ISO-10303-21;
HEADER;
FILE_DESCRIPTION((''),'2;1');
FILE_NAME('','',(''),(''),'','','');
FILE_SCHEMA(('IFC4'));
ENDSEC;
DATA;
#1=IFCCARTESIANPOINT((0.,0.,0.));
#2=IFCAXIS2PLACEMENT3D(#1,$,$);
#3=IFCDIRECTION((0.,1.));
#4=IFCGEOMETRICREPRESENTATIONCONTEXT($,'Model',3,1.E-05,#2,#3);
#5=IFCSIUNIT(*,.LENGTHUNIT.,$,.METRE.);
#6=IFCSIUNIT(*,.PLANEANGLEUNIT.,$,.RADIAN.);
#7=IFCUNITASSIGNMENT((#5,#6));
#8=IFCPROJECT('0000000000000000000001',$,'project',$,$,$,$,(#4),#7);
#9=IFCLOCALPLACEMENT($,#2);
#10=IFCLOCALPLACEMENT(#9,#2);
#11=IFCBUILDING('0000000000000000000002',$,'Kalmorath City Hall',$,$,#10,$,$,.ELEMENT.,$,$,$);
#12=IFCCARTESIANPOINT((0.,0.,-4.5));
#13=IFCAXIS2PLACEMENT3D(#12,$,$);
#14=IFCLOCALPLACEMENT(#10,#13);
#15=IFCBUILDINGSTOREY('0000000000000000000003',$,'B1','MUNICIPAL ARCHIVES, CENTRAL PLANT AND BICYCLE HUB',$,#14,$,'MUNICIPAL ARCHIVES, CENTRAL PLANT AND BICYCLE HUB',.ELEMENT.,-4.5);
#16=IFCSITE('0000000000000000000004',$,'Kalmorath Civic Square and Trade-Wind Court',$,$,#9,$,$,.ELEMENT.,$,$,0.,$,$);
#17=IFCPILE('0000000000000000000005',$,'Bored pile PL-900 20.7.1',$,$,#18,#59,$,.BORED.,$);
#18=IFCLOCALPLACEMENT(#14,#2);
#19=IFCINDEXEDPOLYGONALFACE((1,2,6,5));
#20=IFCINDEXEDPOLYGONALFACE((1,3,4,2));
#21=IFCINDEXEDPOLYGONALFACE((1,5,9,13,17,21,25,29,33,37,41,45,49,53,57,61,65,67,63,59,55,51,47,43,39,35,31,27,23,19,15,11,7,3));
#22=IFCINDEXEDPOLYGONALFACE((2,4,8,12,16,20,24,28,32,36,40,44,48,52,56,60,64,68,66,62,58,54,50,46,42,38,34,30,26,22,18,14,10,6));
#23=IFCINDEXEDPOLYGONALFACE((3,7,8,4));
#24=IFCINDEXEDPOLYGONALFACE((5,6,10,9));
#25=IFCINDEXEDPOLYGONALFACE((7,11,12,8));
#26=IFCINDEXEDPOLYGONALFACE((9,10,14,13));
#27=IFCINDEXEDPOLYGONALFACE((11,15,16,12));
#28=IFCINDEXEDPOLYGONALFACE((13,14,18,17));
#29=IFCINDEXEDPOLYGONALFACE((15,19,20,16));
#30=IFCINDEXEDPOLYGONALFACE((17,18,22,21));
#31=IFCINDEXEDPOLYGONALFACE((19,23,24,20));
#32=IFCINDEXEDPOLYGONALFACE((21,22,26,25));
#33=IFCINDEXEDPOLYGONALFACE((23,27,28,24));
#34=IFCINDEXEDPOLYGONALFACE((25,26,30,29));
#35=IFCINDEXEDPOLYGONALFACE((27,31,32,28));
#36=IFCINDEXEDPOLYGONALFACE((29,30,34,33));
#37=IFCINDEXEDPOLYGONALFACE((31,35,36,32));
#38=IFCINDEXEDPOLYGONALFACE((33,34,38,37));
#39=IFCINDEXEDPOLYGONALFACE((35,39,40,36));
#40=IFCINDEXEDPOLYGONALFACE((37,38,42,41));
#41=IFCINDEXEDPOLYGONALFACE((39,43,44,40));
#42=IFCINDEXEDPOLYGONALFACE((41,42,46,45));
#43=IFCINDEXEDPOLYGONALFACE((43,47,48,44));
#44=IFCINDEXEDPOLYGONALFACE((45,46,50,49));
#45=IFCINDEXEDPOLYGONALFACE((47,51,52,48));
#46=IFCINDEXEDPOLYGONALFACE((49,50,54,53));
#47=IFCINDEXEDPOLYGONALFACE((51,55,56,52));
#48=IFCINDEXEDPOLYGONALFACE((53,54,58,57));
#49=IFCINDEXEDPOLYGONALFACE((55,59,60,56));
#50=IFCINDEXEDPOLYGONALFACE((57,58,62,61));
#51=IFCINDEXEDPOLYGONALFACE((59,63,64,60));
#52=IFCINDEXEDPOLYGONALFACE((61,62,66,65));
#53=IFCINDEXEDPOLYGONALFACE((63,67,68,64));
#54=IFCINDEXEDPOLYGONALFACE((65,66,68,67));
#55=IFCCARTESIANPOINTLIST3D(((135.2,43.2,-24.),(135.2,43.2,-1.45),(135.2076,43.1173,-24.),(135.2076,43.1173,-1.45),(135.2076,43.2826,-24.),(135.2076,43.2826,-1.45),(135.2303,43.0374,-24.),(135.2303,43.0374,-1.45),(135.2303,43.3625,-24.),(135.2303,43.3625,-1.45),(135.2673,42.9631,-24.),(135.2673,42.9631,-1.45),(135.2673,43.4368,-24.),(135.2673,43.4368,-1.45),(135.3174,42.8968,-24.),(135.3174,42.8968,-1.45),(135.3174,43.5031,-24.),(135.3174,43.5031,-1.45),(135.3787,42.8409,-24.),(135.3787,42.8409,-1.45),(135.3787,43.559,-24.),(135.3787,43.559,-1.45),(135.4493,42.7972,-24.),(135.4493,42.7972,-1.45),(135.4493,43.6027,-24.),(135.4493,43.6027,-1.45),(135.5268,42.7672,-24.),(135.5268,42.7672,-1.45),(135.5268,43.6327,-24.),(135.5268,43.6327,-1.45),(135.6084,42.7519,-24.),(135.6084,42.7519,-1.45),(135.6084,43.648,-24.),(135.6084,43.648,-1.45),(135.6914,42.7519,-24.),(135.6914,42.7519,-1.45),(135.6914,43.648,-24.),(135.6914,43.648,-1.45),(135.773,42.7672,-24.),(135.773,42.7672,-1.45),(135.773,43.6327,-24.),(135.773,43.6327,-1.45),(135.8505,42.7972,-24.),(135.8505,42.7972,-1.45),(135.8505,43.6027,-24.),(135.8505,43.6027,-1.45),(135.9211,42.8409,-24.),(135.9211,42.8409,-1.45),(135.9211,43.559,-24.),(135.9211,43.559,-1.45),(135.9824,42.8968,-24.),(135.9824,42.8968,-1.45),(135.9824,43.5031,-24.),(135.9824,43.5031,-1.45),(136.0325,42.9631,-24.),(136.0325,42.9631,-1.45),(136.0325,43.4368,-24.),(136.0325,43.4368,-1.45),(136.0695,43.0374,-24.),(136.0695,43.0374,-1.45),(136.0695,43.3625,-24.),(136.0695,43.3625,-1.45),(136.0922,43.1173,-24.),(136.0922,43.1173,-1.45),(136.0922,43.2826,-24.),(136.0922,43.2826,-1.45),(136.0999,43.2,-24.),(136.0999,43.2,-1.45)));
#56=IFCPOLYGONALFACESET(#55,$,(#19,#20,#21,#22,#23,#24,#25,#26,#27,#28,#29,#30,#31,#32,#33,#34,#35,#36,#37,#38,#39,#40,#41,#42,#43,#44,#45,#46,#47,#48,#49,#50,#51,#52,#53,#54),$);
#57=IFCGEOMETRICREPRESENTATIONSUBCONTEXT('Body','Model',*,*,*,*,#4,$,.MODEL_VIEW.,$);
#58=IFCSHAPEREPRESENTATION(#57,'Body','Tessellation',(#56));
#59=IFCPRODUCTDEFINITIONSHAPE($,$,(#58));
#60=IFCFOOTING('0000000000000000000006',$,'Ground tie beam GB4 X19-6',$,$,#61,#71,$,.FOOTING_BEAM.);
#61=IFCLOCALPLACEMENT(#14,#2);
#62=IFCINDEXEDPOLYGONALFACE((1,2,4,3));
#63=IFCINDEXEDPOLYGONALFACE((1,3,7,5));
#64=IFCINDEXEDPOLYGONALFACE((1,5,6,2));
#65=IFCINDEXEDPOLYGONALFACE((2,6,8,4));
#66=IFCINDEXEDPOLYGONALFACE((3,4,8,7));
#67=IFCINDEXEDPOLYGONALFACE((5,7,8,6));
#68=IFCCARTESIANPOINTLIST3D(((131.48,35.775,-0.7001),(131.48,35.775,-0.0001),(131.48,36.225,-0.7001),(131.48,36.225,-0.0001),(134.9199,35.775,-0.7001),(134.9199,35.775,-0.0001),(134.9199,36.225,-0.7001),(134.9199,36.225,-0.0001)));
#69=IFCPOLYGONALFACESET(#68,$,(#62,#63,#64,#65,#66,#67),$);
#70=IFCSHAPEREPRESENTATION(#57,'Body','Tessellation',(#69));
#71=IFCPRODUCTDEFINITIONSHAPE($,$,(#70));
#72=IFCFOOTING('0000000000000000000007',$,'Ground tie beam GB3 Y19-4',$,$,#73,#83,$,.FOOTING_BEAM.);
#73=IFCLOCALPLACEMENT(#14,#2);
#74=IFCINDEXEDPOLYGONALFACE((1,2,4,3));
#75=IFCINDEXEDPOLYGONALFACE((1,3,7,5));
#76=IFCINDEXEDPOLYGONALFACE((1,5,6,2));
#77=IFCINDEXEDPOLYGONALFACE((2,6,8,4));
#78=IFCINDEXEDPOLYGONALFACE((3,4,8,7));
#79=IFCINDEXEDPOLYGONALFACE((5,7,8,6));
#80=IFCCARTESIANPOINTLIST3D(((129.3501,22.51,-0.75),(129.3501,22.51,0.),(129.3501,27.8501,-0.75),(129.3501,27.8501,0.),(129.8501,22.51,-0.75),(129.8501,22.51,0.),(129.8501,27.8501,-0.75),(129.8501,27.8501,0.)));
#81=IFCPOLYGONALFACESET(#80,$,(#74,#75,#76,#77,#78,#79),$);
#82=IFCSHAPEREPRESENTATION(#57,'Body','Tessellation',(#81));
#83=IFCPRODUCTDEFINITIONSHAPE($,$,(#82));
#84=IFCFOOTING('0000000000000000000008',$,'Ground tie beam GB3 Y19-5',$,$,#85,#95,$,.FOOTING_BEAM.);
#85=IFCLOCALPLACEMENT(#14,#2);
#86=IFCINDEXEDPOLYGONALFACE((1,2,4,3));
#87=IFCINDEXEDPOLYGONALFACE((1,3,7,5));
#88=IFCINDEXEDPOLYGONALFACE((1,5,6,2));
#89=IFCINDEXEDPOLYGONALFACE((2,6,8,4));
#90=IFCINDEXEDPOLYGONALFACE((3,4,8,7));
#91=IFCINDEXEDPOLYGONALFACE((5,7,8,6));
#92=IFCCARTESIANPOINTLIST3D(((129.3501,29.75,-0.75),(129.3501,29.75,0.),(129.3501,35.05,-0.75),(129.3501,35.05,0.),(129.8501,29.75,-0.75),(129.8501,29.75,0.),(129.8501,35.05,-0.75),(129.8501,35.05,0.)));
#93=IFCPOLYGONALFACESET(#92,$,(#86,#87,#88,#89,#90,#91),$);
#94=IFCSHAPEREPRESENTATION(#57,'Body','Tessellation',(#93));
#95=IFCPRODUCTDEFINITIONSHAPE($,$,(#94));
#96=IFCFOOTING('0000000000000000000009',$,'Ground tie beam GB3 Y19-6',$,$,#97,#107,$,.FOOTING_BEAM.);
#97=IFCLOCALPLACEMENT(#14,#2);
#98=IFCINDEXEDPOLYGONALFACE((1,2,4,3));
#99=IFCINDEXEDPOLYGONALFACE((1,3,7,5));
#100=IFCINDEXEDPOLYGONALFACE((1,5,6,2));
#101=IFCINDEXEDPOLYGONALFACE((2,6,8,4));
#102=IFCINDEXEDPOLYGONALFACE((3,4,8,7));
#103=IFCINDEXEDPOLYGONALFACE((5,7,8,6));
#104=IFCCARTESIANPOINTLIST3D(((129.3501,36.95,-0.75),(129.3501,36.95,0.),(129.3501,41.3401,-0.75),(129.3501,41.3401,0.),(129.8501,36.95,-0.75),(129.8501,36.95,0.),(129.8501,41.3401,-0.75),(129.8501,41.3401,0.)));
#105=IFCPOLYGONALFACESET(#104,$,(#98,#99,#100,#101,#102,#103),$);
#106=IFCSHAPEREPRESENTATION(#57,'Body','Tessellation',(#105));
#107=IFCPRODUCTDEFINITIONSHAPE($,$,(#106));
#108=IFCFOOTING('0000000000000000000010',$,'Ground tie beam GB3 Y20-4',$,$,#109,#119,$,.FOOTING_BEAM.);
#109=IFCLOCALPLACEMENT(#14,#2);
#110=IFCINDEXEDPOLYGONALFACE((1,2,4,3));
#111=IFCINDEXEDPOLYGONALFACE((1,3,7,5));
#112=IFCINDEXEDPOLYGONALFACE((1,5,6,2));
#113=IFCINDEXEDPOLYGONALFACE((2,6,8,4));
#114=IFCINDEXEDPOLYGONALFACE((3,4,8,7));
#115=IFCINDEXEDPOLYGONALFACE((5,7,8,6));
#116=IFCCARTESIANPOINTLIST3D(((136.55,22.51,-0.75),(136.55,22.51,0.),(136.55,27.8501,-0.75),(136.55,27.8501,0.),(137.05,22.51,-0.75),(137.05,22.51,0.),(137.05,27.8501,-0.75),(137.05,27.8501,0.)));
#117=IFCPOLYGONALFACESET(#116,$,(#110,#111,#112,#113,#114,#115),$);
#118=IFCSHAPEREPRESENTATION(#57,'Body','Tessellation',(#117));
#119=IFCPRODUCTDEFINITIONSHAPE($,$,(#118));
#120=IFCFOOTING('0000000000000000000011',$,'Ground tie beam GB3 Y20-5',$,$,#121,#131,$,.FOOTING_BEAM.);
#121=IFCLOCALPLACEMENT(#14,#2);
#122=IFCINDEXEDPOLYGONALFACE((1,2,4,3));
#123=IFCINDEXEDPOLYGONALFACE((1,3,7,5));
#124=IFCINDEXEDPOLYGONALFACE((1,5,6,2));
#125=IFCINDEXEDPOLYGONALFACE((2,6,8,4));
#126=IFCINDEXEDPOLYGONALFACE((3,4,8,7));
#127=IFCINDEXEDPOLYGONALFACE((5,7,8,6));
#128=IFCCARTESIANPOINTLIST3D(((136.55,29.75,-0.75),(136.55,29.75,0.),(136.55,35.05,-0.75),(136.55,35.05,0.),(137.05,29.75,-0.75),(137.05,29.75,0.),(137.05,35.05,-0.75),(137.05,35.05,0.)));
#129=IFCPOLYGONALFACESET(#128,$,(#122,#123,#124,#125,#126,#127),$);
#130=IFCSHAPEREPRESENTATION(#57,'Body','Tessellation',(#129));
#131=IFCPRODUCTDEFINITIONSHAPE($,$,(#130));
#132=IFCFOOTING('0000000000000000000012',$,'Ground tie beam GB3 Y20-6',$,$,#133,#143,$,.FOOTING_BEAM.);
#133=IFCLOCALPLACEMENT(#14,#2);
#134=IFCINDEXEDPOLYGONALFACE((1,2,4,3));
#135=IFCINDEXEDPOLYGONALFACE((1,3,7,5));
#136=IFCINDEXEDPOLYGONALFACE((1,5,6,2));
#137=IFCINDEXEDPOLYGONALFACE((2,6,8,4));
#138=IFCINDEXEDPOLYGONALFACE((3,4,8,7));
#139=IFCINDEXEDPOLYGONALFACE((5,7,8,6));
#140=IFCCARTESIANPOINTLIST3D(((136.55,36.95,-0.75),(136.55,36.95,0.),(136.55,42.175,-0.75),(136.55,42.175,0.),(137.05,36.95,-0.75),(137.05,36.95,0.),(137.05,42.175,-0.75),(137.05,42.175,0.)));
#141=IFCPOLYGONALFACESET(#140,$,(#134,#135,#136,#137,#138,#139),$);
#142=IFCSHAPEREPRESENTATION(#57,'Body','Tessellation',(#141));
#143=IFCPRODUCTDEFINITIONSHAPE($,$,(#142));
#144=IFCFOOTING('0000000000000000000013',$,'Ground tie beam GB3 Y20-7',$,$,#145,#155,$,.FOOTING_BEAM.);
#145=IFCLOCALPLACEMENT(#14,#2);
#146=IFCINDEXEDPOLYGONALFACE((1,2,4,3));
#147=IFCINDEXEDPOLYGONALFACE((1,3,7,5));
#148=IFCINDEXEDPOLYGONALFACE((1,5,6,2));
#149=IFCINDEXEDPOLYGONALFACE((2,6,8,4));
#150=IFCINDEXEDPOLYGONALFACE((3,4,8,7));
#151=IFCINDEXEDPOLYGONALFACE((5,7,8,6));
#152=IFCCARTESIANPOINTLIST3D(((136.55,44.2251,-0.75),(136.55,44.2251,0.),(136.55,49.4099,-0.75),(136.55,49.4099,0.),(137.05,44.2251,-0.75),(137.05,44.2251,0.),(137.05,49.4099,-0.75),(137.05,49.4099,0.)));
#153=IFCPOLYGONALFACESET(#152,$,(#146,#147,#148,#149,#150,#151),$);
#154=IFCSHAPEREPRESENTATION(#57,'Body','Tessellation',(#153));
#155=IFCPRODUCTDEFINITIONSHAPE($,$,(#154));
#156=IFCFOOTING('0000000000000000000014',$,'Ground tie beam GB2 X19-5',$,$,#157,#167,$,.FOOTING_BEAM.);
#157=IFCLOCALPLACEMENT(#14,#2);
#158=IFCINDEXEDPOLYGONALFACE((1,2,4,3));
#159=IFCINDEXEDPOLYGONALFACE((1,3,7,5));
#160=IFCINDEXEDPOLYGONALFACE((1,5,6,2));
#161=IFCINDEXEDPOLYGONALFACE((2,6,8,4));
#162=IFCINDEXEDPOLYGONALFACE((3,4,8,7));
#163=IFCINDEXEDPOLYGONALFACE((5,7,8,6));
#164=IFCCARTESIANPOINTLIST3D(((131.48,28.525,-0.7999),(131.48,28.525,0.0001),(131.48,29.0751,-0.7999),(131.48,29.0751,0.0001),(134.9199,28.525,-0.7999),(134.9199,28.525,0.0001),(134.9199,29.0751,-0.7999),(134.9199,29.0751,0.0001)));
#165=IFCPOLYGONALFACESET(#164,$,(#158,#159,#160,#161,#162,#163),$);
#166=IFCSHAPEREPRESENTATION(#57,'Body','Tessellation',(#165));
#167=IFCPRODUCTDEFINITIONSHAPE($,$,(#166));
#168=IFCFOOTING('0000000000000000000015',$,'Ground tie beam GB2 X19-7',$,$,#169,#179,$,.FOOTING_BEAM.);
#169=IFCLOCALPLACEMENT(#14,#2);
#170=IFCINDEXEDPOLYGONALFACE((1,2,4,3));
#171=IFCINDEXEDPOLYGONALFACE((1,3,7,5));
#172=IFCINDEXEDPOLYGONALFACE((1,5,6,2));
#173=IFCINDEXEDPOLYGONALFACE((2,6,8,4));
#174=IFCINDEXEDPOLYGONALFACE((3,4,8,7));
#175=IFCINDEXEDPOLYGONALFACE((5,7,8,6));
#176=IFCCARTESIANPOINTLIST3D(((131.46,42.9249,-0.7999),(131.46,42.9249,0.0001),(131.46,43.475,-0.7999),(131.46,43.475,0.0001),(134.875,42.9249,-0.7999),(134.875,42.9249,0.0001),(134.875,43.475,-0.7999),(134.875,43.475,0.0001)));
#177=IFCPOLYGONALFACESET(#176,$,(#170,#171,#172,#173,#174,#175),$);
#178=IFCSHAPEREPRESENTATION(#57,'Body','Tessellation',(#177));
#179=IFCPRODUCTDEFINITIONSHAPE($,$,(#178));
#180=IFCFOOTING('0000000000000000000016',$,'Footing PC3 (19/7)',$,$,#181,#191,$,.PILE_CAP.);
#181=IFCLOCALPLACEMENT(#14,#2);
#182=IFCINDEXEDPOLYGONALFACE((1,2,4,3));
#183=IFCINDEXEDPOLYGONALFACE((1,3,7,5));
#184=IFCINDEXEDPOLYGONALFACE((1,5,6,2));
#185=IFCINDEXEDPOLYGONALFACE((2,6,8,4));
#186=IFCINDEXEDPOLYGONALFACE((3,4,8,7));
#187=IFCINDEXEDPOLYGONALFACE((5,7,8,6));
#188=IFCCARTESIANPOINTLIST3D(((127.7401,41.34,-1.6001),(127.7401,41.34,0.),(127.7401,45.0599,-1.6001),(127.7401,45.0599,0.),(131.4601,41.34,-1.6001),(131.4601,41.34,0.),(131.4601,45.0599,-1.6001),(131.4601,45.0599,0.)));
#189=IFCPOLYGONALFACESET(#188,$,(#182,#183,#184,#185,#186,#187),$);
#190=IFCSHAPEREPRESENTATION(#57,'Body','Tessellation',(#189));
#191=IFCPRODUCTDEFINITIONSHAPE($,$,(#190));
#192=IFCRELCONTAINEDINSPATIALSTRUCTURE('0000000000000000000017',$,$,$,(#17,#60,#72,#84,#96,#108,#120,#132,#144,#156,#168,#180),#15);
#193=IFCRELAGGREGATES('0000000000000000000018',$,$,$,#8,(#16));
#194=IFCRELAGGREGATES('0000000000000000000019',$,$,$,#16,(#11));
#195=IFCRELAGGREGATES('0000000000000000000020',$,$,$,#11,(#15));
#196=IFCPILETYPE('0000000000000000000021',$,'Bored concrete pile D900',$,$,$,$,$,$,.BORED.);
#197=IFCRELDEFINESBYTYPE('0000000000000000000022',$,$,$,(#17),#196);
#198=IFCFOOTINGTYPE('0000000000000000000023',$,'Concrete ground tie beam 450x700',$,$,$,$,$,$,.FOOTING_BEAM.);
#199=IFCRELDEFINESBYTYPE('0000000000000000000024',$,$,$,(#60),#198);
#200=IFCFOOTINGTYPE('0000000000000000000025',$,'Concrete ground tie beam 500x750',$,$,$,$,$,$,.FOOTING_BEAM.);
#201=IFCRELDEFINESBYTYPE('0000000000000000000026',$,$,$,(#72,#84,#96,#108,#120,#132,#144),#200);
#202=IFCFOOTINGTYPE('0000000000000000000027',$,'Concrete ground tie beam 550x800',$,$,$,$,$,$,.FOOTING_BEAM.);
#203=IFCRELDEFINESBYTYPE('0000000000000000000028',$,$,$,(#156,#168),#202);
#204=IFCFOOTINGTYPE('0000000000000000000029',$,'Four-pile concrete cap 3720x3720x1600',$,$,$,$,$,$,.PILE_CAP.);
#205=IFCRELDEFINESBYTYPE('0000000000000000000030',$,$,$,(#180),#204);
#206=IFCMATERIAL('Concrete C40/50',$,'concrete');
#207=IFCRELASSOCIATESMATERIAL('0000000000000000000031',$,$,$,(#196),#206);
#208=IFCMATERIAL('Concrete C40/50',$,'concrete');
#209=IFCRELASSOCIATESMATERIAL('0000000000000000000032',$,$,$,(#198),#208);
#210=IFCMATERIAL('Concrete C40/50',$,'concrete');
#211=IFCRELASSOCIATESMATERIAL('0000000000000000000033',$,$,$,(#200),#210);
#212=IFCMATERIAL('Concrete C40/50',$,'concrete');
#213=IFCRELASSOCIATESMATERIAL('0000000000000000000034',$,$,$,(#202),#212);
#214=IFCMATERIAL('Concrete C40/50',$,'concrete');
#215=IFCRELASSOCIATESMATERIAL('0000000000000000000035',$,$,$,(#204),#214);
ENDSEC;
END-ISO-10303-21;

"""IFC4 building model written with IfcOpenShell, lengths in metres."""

from ifc_helpers import new_model, si_unit, direction, frame, origin, origin_2d, place, context, subcontext, project, spatial, rectangle, circle, extrude, material, material_profile, profile_set, type_object, element, save


model = new_model("IFC4")

# Units and contexts
model_context = context("Model", 3, precision=1e-05, world=origin(), true_north=direction((0.0, 1.0)))
body_context = subcontext(model_context, "Body", "Model", "MODEL_VIEW")
ifc_project = project(units=[si_unit("LENGTHUNIT", "METRE"), si_unit("PLANEANGLEUNIT", "RADIAN")], contexts=[model_context])

# Site, building, storey
site_placement = place(None, origin())
site = spatial("IfcSite", under=ifc_project, at=site_placement, Name="Kalmorath Civic Square and Trade-Wind Court", CompositionType="ELEMENT", RefElevation=0.0)
building_placement = place(site_placement, origin())
building = spatial("IfcBuilding", under=site, at=building_placement, Name="Kalmorath City Hall", CompositionType="ELEMENT")
storey_placement = place(building_placement, frame((0.0, 0.0, -4.5)))
storey = spatial("IfcBuildingStorey", under=building, at=storey_placement, Name="B1", Description="MUNICIPAL ARCHIVES, CENTRAL PLANT AND BICYCLE HUB", LongName="MUNICIPAL ARCHIVES, CENTRAL PLANT AND BICYCLE HUB", CompositionType="ELEMENT", Elevation=-4.5)

# Pile
ifc_material_1 = material(Name="Concrete C40/50", Category="concrete")
ifc_material_profile_1 = material_profile(ifc_material_1, circle(Radius=0.45, at=origin_2d()), Name="PILE-D900")
ifc_profile_set_1 = profile_set([ifc_material_profile_1], Name="Concrete C40/50")
pile_type = type_object("IfcPileType", Name="Bored concrete pile D900", PredefinedType="BORED", material=ifc_profile_set_1)
pile_placement = place(storey_placement, frame((135.6499, 43.2, -1.45), z_axis=(0.0, 0.0, -1.0), x_axis=(1.0, 0.0, 0.0)))
element("IfcPile", 1, at=pile_placement, inside=storey, type_object=pile_type, Name="Bored pile PL-900 20.7.1", PredefinedType="BORED", context=body_context, shape_type="SweptSolid", body=[
    extrude(circle(Radius=0.45, at=origin_2d()), origin(), (0.0, 0.0, 1.0), 22.55),
])

# Footings
ifc_material_2 = material(Name="Concrete C40/50", Category="concrete")
ifc_material_profile_2 = material_profile(ifc_material_2, rectangle(XDim=0.45, YDim=0.7, at=origin_2d()), Name="RC-BM-450X700")
ifc_profile_set_2 = profile_set([ifc_material_profile_2], Name="Concrete C40/50")
footing_type_1 = type_object("IfcFootingType", Name="Concrete ground tie beam 450x700", PredefinedType="FOOTING_BEAM", material=ifc_profile_set_2)
footing_1_placement = place(storey_placement, frame((131.48, 36.0, -0.3501), z_axis=(1.0, 0.0, 0.0), x_axis=(0.0, 1.0, 0.0)))
element("IfcFooting", 2, at=footing_1_placement, inside=storey, type_object=footing_type_1, Name="Ground tie beam GB4 X19-6", PredefinedType="FOOTING_BEAM", context=body_context, shape_type="SweptSolid", body=[
    extrude(rectangle(XDim=0.45, YDim=0.7, at=origin_2d()), origin(), (0.0, 0.0, 1.0), 3.4399),
])
ifc_material_3 = material(Name="Concrete C40/50", Category="concrete")
ifc_material_profile_3 = material_profile(ifc_material_3, rectangle(XDim=0.5, YDim=0.75, at=origin_2d()), Name="RC-BM-500X750")
ifc_profile_set_3 = profile_set([ifc_material_profile_3], Name="Concrete C40/50")
footing_type_2 = type_object("IfcFootingType", Name="Concrete ground tie beam 500x750", PredefinedType="FOOTING_BEAM", material=ifc_profile_set_3)
footing_2_placement = place(storey_placement, frame((129.6001, 22.51, -0.375), z_axis=(0.0, 1.0, 0.0), x_axis=(-1.0, 0.0, 0.0)))
element("IfcFooting", 3, at=footing_2_placement, inside=storey, type_object=footing_type_2, Name="Ground tie beam GB3 Y19-4", PredefinedType="FOOTING_BEAM", context=body_context, shape_type="SweptSolid", body=[
    extrude(rectangle(XDim=0.5, YDim=0.75, at=origin_2d()), origin(), (0.0, 0.0, 1.0), 5.3401),
])
footing_3_placement = place(storey_placement, frame((129.6001, 29.75, -0.375), z_axis=(0.0, 1.0, 0.0), x_axis=(-1.0, 0.0, 0.0)))
element("IfcFooting", 4, at=footing_3_placement, inside=storey, type_object=footing_type_2, Name="Ground tie beam GB3 Y19-5", PredefinedType="FOOTING_BEAM", context=body_context, shape_type="SweptSolid", body=[
    extrude(rectangle(XDim=0.5, YDim=0.75, at=origin_2d()), origin(), (0.0, 0.0, 1.0), 5.3),
])
footing_4_placement = place(storey_placement, frame((129.6001, 36.95, -0.375), z_axis=(0.0, 1.0, 0.0), x_axis=(-1.0, 0.0, 0.0)))
element("IfcFooting", 5, at=footing_4_placement, inside=storey, type_object=footing_type_2, Name="Ground tie beam GB3 Y19-6", PredefinedType="FOOTING_BEAM", context=body_context, shape_type="SweptSolid", body=[
    extrude(rectangle(XDim=0.5, YDim=0.75, at=origin_2d()), origin(), (0.0, 0.0, 1.0), 4.3901),
])
footing_5_placement = place(storey_placement, frame((136.8, 22.51, -0.375), z_axis=(0.0, 1.0, 0.0), x_axis=(-1.0, 0.0, 0.0)))
element("IfcFooting", 6, at=footing_5_placement, inside=storey, type_object=footing_type_2, Name="Ground tie beam GB3 Y20-4", PredefinedType="FOOTING_BEAM", context=body_context, shape_type="SweptSolid", body=[
    extrude(rectangle(XDim=0.5, YDim=0.75, at=origin_2d()), origin(), (0.0, 0.0, 1.0), 5.3401),
])
footing_6_placement = place(storey_placement, frame((136.8, 29.75, -0.375), z_axis=(0.0, 1.0, 0.0), x_axis=(-1.0, 0.0, 0.0)))
element("IfcFooting", 7, at=footing_6_placement, inside=storey, type_object=footing_type_2, Name="Ground tie beam GB3 Y20-5", PredefinedType="FOOTING_BEAM", context=body_context, shape_type="SweptSolid", body=[
    extrude(rectangle(XDim=0.5, YDim=0.75, at=origin_2d()), origin(), (0.0, 0.0, 1.0), 5.3),
])
footing_7_placement = place(storey_placement, frame((136.8, 36.95, -0.375), z_axis=(0.0, 1.0, 0.0), x_axis=(-1.0, 0.0, 0.0)))
element("IfcFooting", 8, at=footing_7_placement, inside=storey, type_object=footing_type_2, Name="Ground tie beam GB3 Y20-6", PredefinedType="FOOTING_BEAM", context=body_context, shape_type="SweptSolid", body=[
    extrude(rectangle(XDim=0.5, YDim=0.75, at=origin_2d()), origin(), (0.0, 0.0, 1.0), 5.2251),
])
footing_8_placement = place(storey_placement, frame((136.8, 44.2251, -0.375), z_axis=(0.0, 1.0, 0.0), x_axis=(-1.0, 0.0, 0.0)))
element("IfcFooting", 9, at=footing_8_placement, inside=storey, type_object=footing_type_2, Name="Ground tie beam GB3 Y20-7", PredefinedType="FOOTING_BEAM", context=body_context, shape_type="SweptSolid", body=[
    extrude(rectangle(XDim=0.5, YDim=0.75, at=origin_2d()), origin(), (0.0, 0.0, 1.0), 5.1848),
])
ifc_material_4 = material(Name="Concrete C40/50", Category="concrete")
ifc_material_profile_4 = material_profile(ifc_material_4, rectangle(XDim=0.55, YDim=0.8, at=origin_2d()), Name="RC-BM-550X800")
ifc_profile_set_4 = profile_set([ifc_material_profile_4], Name="Concrete C40/50")
footing_type_3 = type_object("IfcFootingType", Name="Concrete ground tie beam 550x800", PredefinedType="FOOTING_BEAM", material=ifc_profile_set_4)
footing_9_placement = place(storey_placement, frame((131.48, 28.8, -0.3999), z_axis=(1.0, 0.0, 0.0), x_axis=(0.0, 1.0, 0.0)))
element("IfcFooting", 10, at=footing_9_placement, inside=storey, type_object=footing_type_3, Name="Ground tie beam GB2 X19-5", PredefinedType="FOOTING_BEAM", context=body_context, shape_type="SweptSolid", body=[
    extrude(rectangle(XDim=0.55, YDim=0.8, at=origin_2d()), origin(), (0.0, 0.0, 1.0), 3.4399),
])
footing_10_placement = place(storey_placement, frame((131.46, 43.2, -0.3999), z_axis=(1.0, 0.0, 0.0), x_axis=(0.0, 1.0, 0.0)))
element("IfcFooting", 11, at=footing_10_placement, inside=storey, type_object=footing_type_3, Name="Ground tie beam GB2 X19-7", PredefinedType="FOOTING_BEAM", context=body_context, shape_type="SweptSolid", body=[
    extrude(rectangle(XDim=0.55, YDim=0.8, at=origin_2d()), origin(), (0.0, 0.0, 1.0), 3.415),
])
ifc_material_5 = material(Name="Concrete C40/50", Category="concrete")
footing_type_4 = type_object("IfcFootingType", Name="Four-pile concrete cap 3720x3720x1600", PredefinedType="PILE_CAP", material=ifc_material_5)
footing_11_placement = place(storey_placement, frame((129.6001, 43.2, -1.6001), z_axis=(0.0, 0.0, 1.0), x_axis=(1.0, 0.0, 0.0)))
element("IfcFooting", 12, at=footing_11_placement, inside=storey, type_object=footing_type_4, Name="Footing PC3 (19/7)", PredefinedType="PILE_CAP", context=body_context, shape_type="SweptSolid", body=[
    extrude(rectangle(XDim=3.72, YDim=3.72, at=origin_2d()), origin(), (0.0, 0.0, 1.0), 1.6001),
])

save(model, "model.ifc")
